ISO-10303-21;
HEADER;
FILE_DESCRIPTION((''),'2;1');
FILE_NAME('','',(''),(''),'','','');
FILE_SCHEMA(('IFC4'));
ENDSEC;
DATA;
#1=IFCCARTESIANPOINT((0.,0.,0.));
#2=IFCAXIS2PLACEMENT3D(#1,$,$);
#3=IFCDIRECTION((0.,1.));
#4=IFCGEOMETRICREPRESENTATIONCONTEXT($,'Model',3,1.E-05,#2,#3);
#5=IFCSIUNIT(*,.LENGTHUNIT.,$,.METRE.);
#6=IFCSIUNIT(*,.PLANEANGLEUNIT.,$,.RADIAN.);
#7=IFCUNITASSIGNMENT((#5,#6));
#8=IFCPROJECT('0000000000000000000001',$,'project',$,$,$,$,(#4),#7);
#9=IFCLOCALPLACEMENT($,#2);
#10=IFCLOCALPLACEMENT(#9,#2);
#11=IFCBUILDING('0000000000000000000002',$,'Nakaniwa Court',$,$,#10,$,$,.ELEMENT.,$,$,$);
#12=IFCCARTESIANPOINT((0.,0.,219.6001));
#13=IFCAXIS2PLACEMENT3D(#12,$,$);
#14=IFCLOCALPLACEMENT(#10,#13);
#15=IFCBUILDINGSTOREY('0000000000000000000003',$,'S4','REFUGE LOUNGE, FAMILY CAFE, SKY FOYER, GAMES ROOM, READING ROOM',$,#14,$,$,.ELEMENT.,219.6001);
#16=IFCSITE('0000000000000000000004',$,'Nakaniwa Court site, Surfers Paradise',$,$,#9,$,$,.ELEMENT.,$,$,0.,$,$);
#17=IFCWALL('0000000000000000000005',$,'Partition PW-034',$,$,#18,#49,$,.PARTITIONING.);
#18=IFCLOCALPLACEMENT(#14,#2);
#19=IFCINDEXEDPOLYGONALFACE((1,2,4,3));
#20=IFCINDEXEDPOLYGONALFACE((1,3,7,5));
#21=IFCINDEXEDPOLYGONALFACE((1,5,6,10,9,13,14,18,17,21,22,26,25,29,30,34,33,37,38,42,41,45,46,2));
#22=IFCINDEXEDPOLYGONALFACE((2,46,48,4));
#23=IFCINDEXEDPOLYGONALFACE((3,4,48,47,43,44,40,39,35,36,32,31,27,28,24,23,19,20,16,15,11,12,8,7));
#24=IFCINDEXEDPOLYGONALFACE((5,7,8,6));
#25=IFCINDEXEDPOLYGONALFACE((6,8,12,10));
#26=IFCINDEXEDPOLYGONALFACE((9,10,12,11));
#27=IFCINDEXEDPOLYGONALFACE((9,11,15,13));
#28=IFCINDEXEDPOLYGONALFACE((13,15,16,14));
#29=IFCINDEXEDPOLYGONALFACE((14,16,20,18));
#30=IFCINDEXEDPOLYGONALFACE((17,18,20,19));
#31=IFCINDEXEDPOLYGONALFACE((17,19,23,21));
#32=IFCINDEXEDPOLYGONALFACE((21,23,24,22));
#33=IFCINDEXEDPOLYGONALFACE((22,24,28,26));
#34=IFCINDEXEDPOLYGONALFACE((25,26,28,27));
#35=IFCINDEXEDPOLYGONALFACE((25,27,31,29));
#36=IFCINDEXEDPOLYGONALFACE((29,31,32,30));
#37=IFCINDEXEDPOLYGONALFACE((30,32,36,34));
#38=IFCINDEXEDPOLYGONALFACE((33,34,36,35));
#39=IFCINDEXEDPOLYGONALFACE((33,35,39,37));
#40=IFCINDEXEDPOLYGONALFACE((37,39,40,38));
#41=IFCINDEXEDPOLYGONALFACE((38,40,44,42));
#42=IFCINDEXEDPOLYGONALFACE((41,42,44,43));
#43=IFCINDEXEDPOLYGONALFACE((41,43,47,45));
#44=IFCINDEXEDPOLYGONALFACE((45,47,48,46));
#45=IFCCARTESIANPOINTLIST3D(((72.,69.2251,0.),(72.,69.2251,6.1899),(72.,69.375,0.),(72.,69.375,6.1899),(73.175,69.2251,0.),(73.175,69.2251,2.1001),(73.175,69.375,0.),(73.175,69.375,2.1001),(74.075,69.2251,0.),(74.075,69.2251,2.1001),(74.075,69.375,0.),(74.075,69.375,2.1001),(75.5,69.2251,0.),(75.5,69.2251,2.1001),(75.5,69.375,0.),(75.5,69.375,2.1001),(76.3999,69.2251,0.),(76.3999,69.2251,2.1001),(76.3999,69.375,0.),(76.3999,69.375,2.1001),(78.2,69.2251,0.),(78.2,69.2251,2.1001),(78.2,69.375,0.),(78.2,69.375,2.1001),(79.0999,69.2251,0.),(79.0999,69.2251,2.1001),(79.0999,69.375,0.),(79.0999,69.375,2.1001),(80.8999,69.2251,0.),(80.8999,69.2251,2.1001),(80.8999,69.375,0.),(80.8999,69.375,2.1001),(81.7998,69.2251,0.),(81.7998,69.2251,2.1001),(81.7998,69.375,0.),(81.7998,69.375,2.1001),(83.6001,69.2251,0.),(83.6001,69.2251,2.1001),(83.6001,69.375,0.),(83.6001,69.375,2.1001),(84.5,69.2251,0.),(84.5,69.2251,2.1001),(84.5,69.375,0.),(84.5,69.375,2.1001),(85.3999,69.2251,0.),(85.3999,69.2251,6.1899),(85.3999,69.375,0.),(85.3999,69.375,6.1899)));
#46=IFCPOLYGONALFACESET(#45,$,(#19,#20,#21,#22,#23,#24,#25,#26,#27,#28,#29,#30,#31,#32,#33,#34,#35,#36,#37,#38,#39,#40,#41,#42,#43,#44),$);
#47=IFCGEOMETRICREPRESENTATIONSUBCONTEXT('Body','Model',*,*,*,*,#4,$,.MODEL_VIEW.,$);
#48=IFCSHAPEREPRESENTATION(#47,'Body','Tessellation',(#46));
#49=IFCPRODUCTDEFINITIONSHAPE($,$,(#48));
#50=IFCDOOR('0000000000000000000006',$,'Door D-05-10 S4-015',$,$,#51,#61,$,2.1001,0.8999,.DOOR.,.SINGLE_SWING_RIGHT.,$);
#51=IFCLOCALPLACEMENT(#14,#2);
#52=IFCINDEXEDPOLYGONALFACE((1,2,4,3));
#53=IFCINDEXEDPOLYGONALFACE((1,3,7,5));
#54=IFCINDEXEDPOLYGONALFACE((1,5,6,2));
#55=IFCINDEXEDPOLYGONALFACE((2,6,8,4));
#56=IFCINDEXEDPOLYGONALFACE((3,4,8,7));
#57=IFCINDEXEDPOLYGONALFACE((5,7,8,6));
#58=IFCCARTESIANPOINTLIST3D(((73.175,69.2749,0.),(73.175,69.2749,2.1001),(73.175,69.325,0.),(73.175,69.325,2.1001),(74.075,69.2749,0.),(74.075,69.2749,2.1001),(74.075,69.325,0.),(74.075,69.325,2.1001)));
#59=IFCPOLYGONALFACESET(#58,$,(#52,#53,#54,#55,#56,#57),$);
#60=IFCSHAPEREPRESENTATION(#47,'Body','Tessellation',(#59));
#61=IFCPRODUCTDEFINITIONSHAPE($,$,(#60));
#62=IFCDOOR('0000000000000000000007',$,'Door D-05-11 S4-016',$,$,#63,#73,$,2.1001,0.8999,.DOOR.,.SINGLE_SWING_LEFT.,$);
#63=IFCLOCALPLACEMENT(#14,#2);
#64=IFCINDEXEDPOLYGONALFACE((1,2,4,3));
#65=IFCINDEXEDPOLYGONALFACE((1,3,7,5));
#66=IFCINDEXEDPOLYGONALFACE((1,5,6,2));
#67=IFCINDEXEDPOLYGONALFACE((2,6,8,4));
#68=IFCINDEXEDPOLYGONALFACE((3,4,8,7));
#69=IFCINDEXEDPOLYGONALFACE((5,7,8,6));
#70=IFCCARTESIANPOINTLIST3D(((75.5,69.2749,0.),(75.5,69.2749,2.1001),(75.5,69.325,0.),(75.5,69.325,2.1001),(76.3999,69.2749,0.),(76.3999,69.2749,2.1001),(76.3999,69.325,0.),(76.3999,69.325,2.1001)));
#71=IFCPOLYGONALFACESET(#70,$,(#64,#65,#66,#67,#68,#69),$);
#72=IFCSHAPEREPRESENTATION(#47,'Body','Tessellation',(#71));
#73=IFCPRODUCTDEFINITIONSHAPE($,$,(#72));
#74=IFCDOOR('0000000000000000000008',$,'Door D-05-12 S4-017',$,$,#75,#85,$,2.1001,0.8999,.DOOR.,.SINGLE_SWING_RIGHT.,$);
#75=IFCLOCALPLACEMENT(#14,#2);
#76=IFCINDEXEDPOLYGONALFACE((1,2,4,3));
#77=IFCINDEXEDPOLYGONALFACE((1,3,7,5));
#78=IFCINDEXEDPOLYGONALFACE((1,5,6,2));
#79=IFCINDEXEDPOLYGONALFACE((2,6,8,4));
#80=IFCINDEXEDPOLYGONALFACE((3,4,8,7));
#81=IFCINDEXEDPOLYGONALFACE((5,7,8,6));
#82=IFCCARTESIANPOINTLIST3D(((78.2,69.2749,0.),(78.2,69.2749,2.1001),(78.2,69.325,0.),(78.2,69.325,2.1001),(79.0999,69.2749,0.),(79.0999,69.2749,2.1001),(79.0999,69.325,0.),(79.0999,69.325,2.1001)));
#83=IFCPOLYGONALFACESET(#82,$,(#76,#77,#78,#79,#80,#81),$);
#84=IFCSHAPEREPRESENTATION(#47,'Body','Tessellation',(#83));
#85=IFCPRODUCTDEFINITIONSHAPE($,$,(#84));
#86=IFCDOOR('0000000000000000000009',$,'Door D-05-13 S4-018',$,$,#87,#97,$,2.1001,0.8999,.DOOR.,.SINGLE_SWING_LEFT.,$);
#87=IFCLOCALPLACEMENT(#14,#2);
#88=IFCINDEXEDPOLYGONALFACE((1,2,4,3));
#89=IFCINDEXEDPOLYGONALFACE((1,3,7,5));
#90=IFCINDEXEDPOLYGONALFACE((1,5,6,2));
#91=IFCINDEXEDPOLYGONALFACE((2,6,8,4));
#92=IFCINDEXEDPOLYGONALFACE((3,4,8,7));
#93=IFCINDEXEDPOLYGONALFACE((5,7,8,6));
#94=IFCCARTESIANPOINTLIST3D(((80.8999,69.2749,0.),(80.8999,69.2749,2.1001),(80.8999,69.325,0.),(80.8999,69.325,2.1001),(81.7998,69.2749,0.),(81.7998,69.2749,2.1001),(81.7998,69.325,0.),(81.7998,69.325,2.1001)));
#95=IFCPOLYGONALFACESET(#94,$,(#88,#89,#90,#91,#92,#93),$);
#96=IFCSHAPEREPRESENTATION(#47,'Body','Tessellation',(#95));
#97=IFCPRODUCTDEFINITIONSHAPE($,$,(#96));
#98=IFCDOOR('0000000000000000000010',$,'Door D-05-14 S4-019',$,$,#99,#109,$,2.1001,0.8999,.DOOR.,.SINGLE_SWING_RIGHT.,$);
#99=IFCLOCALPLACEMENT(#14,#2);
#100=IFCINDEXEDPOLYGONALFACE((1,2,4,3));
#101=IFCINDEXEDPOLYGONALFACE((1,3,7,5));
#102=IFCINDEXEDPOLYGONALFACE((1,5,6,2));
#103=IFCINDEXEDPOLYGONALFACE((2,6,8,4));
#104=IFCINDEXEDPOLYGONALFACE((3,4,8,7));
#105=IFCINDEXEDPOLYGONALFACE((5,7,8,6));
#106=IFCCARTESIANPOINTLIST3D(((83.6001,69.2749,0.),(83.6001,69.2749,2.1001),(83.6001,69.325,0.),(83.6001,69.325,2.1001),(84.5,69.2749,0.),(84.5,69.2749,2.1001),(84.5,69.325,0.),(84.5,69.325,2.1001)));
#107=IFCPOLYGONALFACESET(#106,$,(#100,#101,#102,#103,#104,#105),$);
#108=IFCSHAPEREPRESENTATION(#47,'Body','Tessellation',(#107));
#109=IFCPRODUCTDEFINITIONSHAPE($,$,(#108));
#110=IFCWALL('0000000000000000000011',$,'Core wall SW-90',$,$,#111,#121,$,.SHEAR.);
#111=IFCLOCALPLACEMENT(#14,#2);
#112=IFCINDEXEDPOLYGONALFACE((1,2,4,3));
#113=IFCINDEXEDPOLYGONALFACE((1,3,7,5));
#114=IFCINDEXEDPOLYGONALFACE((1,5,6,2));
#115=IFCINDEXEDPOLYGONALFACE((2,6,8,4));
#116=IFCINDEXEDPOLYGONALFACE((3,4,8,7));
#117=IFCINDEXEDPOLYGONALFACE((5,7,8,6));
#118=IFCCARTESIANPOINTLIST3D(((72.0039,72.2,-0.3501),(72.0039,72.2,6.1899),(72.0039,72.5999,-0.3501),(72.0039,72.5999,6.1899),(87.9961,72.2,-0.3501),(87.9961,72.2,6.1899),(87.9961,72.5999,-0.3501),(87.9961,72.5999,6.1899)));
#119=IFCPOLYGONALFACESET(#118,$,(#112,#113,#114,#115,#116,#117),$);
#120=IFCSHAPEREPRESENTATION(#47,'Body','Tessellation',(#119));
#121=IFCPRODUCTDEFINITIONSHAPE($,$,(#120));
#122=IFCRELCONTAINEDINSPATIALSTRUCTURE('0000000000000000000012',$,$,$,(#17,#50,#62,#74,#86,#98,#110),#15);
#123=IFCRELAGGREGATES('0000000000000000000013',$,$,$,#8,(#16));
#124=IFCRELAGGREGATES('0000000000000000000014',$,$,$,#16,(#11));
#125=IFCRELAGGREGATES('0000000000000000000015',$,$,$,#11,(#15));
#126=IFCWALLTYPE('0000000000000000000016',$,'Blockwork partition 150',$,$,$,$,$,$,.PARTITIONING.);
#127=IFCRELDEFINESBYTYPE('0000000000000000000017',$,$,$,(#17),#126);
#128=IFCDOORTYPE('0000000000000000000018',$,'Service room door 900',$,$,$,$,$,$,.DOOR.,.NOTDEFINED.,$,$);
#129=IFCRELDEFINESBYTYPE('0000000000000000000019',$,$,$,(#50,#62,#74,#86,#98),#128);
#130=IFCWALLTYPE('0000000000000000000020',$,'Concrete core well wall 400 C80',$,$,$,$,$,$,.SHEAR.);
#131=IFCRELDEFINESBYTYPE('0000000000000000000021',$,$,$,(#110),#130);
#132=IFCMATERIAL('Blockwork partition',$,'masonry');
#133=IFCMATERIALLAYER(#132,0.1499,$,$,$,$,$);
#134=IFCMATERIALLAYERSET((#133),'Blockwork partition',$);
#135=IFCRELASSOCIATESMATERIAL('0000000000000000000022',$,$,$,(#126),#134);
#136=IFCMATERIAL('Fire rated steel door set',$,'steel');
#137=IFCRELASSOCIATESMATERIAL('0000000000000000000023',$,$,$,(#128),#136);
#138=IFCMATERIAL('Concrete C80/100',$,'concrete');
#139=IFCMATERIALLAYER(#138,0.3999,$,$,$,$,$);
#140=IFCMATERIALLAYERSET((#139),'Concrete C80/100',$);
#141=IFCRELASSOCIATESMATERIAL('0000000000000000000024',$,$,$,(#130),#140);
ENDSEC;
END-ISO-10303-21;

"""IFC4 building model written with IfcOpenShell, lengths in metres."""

from ifc_helpers import new_model, si_unit, direction, frame, frame_2d, origin, place, context, subcontext, project, spatial, rectangle, extrude, material, layer, layer_set, type_object, element, fill, save


model = new_model("IFC4")

# Units and contexts
model_context = context("Model", 3, precision=1e-05, world=origin(), true_north=direction((0.0, 1.0)))
body_context = subcontext(model_context, "Body", "Model", "MODEL_VIEW")
ifc_project = project(units=[si_unit("LENGTHUNIT", "METRE"), si_unit("PLANEANGLEUNIT", "RADIAN")], contexts=[model_context])

# Site, building, storey
site_placement = place(None, origin())
site = spatial("IfcSite", under=ifc_project, at=site_placement, Name="Nakaniwa Court site, Surfers Paradise", CompositionType="ELEMENT", RefElevation=0.0)
building_placement = place(site_placement, origin())
building = spatial("IfcBuilding", under=site, at=building_placement, Name="Nakaniwa Court", CompositionType="ELEMENT")
storey_placement = place(building_placement, frame((0.0, 0.0, 219.6001)))
storey = spatial("IfcBuildingStorey", under=building, at=storey_placement, Name="S4", Description="REFUGE LOUNGE, FAMILY CAFE, SKY FOYER, GAMES ROOM, READING ROOM", CompositionType="ELEMENT", Elevation=219.6001)

# Shared definitions
ifc_material_1 = material(Name="Concrete C80/100", Category="concrete")

# Shared definitions
ifc_material_2 = material(Name="Fire rated steel door set", Category="steel")

# Wall, openings, doors
ifc_material_3 = material(Name="Blockwork partition", Category="masonry")
ifc_layer_1 = layer(ifc_material_3, 0.1499)
ifc_layer_set_1 = layer_set([ifc_layer_1], Name="Blockwork partition")
wall_type_1 = type_object("IfcWallType", Name="Blockwork partition 150", PredefinedType="PARTITIONING", material=ifc_layer_set_1)
wall_1_placement = place(storey_placement, frame((72.0, 69.3, 0.0), z_axis=(0.0, 0.0, 1.0), x_axis=(1.0, 0.0, 0.0)))
wall_1 = element("IfcWall", 1, at=wall_1_placement, inside=storey, type_object=wall_type_1, Name="Partition PW-034", PredefinedType="PARTITIONING", context=body_context, shape_type="SweptSolid", body=[
    extrude(rectangle(XDim=13.3999, YDim=0.1499, at=frame_2d((6.7, 0.0))), origin(), (0.0, 0.0, 1.0), 6.1899),
])
opening_1_placement = place(wall_1_placement, frame((1.175, 0.0, 0.0)))
opening_1 = element("IfcOpeningElement", 2, at=opening_1_placement, cuts=wall_1, PredefinedType="OPENING", context=body_context, shape_type="SweptSolid", body=[
    extrude(rectangle(XDim=0.8999, YDim=2.1001, at=frame_2d((0.45, 1.05))), frame((0.0, 0.085, 0.0), z_axis=(0.0, -1.0, 0.0), x_axis=(1.0, 0.0, 0.0)), (0.0, 0.0, 1.0), 0.1699),
])
opening_2_placement = place(wall_1_placement, frame((3.5, 0.0, 0.0)))
opening_2 = element("IfcOpeningElement", 3, at=opening_2_placement, cuts=wall_1, PredefinedType="OPENING", context=body_context, shape_type="SweptSolid", body=[
    extrude(rectangle(XDim=0.8999, YDim=2.1001, at=frame_2d((0.45, 1.05))), frame((0.0, 0.085, 0.0), z_axis=(0.0, -1.0, 0.0), x_axis=(1.0, 0.0, 0.0)), (0.0, 0.0, 1.0), 0.1699),
])
opening_3_placement = place(wall_1_placement, frame((6.2, 0.0, 0.0)))
opening_3 = element("IfcOpeningElement", 4, at=opening_3_placement, cuts=wall_1, PredefinedType="OPENING", context=body_context, shape_type="SweptSolid", body=[
    extrude(rectangle(XDim=0.8999, YDim=2.1001, at=frame_2d((0.45, 1.05))), frame((0.0, 0.085, 0.0), z_axis=(0.0, -1.0, 0.0), x_axis=(1.0, 0.0, 0.0)), (0.0, 0.0, 1.0), 0.1699),
])
opening_4_placement = place(wall_1_placement, frame((8.8999, 0.0, 0.0)))
opening_4 = element("IfcOpeningElement", 5, at=opening_4_placement, cuts=wall_1, PredefinedType="OPENING", context=body_context, shape_type="SweptSolid", body=[
    extrude(rectangle(XDim=0.8999, YDim=2.1001, at=frame_2d((0.45, 1.05))), frame((0.0, 0.085, 0.0), z_axis=(0.0, -1.0, 0.0), x_axis=(1.0, 0.0, 0.0)), (0.0, 0.0, 1.0), 0.1699),
])
opening_5_placement = place(wall_1_placement, frame((11.6001, 0.0, 0.0)))
opening_5 = element("IfcOpeningElement", 6, at=opening_5_placement, cuts=wall_1, PredefinedType="OPENING", context=body_context, shape_type="SweptSolid", body=[
    extrude(rectangle(XDim=0.8999, YDim=2.1001, at=frame_2d((0.45, 1.05))), frame((0.0, 0.085, 0.0), z_axis=(0.0, -1.0, 0.0), x_axis=(1.0, 0.0, 0.0)), (0.0, 0.0, 1.0), 0.1699),
])
door_type_1 = type_object("IfcDoorType", Name="Service room door 900", OperationType="NOTDEFINED", PredefinedType="DOOR", material=ifc_material_2)
door_1_placement = place(opening_1_placement, origin())
door_1 = element("IfcDoor", 7, at=door_1_placement, inside=storey, type_object=door_type_1, Name="Door D-05-10 S4-015", OperationType="SINGLE_SWING_RIGHT", OverallHeight=2.1001, OverallWidth=0.8999, PredefinedType="DOOR", context=body_context, shape_type="SweptSolid", body=[
    extrude(rectangle(XDim=0.8999, YDim=2.1001, at=frame_2d((0.45, 1.05))), frame((0.0, 0.0249, 0.0), z_axis=(0.0, -1.0, 0.0), x_axis=(1.0, 0.0, 0.0)), (0.0, 0.0, 1.0), 0.05),
])
fill(opening_1, door_1)
door_2_placement = place(opening_2_placement, origin())
door_2 = element("IfcDoor", 8, at=door_2_placement, inside=storey, type_object=door_type_1, Name="Door D-05-11 S4-016", OperationType="SINGLE_SWING_LEFT", OverallHeight=2.1001, OverallWidth=0.8999, PredefinedType="DOOR", context=body_context, shape_type="SweptSolid", body=[
    extrude(rectangle(XDim=0.8999, YDim=2.1001, at=frame_2d((0.45, 1.05))), frame((0.0, 0.0249, 0.0), z_axis=(0.0, -1.0, 0.0), x_axis=(1.0, 0.0, 0.0)), (0.0, 0.0, 1.0), 0.05),
])
fill(opening_2, door_2)
door_3_placement = place(opening_3_placement, origin())
door_3 = element("IfcDoor", 9, at=door_3_placement, inside=storey, type_object=door_type_1, Name="Door D-05-12 S4-017", OperationType="SINGLE_SWING_RIGHT", OverallHeight=2.1001, OverallWidth=0.8999, PredefinedType="DOOR", context=body_context, shape_type="SweptSolid", body=[
    extrude(rectangle(XDim=0.8999, YDim=2.1001, at=frame_2d((0.45, 1.05))), frame((0.0, 0.0249, 0.0), z_axis=(0.0, -1.0, 0.0), x_axis=(1.0, 0.0, 0.0)), (0.0, 0.0, 1.0), 0.05),
])
fill(opening_3, door_3)
door_4_placement = place(opening_4_placement, origin())
door_4 = element("IfcDoor", 10, at=door_4_placement, inside=storey, type_object=door_type_1, Name="Door D-05-13 S4-018", OperationType="SINGLE_SWING_LEFT", OverallHeight=2.1001, OverallWidth=0.8999, PredefinedType="DOOR", context=body_context, shape_type="SweptSolid", body=[
    extrude(rectangle(XDim=0.8999, YDim=2.1001, at=frame_2d((0.45, 1.05))), frame((0.0, 0.0249, 0.0), z_axis=(0.0, -1.0, 0.0), x_axis=(1.0, 0.0, 0.0)), (0.0, 0.0, 1.0), 0.05),
])
fill(opening_4, door_4)
door_5_placement = place(opening_5_placement, origin())
door_5 = element("IfcDoor", 11, at=door_5_placement, inside=storey, type_object=door_type_1, Name="Door D-05-14 S4-019", OperationType="SINGLE_SWING_RIGHT", OverallHeight=2.1001, OverallWidth=0.8999, PredefinedType="DOOR", context=body_context, shape_type="SweptSolid", body=[
    extrude(rectangle(XDim=0.8999, YDim=2.1001, at=frame_2d((0.45, 1.05))), frame((0.0, 0.0249, 0.0), z_axis=(0.0, -1.0, 0.0), x_axis=(1.0, 0.0, 0.0)), (0.0, 0.0, 1.0), 0.05),
])
fill(opening_5, door_5)

# Wall
ifc_layer_2 = layer(ifc_material_1, 0.3999)
ifc_layer_set_2 = layer_set([ifc_layer_2], Name="Concrete C80/100")
wall_type_2 = type_object("IfcWallType", Name="Concrete core well wall 400 C80", PredefinedType="SHEAR", material=ifc_layer_set_2)
wall_2_placement = place(storey_placement, frame((72.0039, 72.3999, -0.3501), z_axis=(0.0, 0.0, 1.0), x_axis=(1.0, 0.0, 0.0)))
element("IfcWall", 12, at=wall_2_placement, inside=storey, type_object=wall_type_2, Name="Core wall SW-90", PredefinedType="SHEAR", context=body_context, shape_type="SweptSolid", body=[
    extrude(rectangle(XDim=15.9922, YDim=0.3999, at=frame_2d((7.9961, 0.0))), origin(), (0.0, 0.0, 1.0), 6.54),
])

save(model, "model.ifc")
